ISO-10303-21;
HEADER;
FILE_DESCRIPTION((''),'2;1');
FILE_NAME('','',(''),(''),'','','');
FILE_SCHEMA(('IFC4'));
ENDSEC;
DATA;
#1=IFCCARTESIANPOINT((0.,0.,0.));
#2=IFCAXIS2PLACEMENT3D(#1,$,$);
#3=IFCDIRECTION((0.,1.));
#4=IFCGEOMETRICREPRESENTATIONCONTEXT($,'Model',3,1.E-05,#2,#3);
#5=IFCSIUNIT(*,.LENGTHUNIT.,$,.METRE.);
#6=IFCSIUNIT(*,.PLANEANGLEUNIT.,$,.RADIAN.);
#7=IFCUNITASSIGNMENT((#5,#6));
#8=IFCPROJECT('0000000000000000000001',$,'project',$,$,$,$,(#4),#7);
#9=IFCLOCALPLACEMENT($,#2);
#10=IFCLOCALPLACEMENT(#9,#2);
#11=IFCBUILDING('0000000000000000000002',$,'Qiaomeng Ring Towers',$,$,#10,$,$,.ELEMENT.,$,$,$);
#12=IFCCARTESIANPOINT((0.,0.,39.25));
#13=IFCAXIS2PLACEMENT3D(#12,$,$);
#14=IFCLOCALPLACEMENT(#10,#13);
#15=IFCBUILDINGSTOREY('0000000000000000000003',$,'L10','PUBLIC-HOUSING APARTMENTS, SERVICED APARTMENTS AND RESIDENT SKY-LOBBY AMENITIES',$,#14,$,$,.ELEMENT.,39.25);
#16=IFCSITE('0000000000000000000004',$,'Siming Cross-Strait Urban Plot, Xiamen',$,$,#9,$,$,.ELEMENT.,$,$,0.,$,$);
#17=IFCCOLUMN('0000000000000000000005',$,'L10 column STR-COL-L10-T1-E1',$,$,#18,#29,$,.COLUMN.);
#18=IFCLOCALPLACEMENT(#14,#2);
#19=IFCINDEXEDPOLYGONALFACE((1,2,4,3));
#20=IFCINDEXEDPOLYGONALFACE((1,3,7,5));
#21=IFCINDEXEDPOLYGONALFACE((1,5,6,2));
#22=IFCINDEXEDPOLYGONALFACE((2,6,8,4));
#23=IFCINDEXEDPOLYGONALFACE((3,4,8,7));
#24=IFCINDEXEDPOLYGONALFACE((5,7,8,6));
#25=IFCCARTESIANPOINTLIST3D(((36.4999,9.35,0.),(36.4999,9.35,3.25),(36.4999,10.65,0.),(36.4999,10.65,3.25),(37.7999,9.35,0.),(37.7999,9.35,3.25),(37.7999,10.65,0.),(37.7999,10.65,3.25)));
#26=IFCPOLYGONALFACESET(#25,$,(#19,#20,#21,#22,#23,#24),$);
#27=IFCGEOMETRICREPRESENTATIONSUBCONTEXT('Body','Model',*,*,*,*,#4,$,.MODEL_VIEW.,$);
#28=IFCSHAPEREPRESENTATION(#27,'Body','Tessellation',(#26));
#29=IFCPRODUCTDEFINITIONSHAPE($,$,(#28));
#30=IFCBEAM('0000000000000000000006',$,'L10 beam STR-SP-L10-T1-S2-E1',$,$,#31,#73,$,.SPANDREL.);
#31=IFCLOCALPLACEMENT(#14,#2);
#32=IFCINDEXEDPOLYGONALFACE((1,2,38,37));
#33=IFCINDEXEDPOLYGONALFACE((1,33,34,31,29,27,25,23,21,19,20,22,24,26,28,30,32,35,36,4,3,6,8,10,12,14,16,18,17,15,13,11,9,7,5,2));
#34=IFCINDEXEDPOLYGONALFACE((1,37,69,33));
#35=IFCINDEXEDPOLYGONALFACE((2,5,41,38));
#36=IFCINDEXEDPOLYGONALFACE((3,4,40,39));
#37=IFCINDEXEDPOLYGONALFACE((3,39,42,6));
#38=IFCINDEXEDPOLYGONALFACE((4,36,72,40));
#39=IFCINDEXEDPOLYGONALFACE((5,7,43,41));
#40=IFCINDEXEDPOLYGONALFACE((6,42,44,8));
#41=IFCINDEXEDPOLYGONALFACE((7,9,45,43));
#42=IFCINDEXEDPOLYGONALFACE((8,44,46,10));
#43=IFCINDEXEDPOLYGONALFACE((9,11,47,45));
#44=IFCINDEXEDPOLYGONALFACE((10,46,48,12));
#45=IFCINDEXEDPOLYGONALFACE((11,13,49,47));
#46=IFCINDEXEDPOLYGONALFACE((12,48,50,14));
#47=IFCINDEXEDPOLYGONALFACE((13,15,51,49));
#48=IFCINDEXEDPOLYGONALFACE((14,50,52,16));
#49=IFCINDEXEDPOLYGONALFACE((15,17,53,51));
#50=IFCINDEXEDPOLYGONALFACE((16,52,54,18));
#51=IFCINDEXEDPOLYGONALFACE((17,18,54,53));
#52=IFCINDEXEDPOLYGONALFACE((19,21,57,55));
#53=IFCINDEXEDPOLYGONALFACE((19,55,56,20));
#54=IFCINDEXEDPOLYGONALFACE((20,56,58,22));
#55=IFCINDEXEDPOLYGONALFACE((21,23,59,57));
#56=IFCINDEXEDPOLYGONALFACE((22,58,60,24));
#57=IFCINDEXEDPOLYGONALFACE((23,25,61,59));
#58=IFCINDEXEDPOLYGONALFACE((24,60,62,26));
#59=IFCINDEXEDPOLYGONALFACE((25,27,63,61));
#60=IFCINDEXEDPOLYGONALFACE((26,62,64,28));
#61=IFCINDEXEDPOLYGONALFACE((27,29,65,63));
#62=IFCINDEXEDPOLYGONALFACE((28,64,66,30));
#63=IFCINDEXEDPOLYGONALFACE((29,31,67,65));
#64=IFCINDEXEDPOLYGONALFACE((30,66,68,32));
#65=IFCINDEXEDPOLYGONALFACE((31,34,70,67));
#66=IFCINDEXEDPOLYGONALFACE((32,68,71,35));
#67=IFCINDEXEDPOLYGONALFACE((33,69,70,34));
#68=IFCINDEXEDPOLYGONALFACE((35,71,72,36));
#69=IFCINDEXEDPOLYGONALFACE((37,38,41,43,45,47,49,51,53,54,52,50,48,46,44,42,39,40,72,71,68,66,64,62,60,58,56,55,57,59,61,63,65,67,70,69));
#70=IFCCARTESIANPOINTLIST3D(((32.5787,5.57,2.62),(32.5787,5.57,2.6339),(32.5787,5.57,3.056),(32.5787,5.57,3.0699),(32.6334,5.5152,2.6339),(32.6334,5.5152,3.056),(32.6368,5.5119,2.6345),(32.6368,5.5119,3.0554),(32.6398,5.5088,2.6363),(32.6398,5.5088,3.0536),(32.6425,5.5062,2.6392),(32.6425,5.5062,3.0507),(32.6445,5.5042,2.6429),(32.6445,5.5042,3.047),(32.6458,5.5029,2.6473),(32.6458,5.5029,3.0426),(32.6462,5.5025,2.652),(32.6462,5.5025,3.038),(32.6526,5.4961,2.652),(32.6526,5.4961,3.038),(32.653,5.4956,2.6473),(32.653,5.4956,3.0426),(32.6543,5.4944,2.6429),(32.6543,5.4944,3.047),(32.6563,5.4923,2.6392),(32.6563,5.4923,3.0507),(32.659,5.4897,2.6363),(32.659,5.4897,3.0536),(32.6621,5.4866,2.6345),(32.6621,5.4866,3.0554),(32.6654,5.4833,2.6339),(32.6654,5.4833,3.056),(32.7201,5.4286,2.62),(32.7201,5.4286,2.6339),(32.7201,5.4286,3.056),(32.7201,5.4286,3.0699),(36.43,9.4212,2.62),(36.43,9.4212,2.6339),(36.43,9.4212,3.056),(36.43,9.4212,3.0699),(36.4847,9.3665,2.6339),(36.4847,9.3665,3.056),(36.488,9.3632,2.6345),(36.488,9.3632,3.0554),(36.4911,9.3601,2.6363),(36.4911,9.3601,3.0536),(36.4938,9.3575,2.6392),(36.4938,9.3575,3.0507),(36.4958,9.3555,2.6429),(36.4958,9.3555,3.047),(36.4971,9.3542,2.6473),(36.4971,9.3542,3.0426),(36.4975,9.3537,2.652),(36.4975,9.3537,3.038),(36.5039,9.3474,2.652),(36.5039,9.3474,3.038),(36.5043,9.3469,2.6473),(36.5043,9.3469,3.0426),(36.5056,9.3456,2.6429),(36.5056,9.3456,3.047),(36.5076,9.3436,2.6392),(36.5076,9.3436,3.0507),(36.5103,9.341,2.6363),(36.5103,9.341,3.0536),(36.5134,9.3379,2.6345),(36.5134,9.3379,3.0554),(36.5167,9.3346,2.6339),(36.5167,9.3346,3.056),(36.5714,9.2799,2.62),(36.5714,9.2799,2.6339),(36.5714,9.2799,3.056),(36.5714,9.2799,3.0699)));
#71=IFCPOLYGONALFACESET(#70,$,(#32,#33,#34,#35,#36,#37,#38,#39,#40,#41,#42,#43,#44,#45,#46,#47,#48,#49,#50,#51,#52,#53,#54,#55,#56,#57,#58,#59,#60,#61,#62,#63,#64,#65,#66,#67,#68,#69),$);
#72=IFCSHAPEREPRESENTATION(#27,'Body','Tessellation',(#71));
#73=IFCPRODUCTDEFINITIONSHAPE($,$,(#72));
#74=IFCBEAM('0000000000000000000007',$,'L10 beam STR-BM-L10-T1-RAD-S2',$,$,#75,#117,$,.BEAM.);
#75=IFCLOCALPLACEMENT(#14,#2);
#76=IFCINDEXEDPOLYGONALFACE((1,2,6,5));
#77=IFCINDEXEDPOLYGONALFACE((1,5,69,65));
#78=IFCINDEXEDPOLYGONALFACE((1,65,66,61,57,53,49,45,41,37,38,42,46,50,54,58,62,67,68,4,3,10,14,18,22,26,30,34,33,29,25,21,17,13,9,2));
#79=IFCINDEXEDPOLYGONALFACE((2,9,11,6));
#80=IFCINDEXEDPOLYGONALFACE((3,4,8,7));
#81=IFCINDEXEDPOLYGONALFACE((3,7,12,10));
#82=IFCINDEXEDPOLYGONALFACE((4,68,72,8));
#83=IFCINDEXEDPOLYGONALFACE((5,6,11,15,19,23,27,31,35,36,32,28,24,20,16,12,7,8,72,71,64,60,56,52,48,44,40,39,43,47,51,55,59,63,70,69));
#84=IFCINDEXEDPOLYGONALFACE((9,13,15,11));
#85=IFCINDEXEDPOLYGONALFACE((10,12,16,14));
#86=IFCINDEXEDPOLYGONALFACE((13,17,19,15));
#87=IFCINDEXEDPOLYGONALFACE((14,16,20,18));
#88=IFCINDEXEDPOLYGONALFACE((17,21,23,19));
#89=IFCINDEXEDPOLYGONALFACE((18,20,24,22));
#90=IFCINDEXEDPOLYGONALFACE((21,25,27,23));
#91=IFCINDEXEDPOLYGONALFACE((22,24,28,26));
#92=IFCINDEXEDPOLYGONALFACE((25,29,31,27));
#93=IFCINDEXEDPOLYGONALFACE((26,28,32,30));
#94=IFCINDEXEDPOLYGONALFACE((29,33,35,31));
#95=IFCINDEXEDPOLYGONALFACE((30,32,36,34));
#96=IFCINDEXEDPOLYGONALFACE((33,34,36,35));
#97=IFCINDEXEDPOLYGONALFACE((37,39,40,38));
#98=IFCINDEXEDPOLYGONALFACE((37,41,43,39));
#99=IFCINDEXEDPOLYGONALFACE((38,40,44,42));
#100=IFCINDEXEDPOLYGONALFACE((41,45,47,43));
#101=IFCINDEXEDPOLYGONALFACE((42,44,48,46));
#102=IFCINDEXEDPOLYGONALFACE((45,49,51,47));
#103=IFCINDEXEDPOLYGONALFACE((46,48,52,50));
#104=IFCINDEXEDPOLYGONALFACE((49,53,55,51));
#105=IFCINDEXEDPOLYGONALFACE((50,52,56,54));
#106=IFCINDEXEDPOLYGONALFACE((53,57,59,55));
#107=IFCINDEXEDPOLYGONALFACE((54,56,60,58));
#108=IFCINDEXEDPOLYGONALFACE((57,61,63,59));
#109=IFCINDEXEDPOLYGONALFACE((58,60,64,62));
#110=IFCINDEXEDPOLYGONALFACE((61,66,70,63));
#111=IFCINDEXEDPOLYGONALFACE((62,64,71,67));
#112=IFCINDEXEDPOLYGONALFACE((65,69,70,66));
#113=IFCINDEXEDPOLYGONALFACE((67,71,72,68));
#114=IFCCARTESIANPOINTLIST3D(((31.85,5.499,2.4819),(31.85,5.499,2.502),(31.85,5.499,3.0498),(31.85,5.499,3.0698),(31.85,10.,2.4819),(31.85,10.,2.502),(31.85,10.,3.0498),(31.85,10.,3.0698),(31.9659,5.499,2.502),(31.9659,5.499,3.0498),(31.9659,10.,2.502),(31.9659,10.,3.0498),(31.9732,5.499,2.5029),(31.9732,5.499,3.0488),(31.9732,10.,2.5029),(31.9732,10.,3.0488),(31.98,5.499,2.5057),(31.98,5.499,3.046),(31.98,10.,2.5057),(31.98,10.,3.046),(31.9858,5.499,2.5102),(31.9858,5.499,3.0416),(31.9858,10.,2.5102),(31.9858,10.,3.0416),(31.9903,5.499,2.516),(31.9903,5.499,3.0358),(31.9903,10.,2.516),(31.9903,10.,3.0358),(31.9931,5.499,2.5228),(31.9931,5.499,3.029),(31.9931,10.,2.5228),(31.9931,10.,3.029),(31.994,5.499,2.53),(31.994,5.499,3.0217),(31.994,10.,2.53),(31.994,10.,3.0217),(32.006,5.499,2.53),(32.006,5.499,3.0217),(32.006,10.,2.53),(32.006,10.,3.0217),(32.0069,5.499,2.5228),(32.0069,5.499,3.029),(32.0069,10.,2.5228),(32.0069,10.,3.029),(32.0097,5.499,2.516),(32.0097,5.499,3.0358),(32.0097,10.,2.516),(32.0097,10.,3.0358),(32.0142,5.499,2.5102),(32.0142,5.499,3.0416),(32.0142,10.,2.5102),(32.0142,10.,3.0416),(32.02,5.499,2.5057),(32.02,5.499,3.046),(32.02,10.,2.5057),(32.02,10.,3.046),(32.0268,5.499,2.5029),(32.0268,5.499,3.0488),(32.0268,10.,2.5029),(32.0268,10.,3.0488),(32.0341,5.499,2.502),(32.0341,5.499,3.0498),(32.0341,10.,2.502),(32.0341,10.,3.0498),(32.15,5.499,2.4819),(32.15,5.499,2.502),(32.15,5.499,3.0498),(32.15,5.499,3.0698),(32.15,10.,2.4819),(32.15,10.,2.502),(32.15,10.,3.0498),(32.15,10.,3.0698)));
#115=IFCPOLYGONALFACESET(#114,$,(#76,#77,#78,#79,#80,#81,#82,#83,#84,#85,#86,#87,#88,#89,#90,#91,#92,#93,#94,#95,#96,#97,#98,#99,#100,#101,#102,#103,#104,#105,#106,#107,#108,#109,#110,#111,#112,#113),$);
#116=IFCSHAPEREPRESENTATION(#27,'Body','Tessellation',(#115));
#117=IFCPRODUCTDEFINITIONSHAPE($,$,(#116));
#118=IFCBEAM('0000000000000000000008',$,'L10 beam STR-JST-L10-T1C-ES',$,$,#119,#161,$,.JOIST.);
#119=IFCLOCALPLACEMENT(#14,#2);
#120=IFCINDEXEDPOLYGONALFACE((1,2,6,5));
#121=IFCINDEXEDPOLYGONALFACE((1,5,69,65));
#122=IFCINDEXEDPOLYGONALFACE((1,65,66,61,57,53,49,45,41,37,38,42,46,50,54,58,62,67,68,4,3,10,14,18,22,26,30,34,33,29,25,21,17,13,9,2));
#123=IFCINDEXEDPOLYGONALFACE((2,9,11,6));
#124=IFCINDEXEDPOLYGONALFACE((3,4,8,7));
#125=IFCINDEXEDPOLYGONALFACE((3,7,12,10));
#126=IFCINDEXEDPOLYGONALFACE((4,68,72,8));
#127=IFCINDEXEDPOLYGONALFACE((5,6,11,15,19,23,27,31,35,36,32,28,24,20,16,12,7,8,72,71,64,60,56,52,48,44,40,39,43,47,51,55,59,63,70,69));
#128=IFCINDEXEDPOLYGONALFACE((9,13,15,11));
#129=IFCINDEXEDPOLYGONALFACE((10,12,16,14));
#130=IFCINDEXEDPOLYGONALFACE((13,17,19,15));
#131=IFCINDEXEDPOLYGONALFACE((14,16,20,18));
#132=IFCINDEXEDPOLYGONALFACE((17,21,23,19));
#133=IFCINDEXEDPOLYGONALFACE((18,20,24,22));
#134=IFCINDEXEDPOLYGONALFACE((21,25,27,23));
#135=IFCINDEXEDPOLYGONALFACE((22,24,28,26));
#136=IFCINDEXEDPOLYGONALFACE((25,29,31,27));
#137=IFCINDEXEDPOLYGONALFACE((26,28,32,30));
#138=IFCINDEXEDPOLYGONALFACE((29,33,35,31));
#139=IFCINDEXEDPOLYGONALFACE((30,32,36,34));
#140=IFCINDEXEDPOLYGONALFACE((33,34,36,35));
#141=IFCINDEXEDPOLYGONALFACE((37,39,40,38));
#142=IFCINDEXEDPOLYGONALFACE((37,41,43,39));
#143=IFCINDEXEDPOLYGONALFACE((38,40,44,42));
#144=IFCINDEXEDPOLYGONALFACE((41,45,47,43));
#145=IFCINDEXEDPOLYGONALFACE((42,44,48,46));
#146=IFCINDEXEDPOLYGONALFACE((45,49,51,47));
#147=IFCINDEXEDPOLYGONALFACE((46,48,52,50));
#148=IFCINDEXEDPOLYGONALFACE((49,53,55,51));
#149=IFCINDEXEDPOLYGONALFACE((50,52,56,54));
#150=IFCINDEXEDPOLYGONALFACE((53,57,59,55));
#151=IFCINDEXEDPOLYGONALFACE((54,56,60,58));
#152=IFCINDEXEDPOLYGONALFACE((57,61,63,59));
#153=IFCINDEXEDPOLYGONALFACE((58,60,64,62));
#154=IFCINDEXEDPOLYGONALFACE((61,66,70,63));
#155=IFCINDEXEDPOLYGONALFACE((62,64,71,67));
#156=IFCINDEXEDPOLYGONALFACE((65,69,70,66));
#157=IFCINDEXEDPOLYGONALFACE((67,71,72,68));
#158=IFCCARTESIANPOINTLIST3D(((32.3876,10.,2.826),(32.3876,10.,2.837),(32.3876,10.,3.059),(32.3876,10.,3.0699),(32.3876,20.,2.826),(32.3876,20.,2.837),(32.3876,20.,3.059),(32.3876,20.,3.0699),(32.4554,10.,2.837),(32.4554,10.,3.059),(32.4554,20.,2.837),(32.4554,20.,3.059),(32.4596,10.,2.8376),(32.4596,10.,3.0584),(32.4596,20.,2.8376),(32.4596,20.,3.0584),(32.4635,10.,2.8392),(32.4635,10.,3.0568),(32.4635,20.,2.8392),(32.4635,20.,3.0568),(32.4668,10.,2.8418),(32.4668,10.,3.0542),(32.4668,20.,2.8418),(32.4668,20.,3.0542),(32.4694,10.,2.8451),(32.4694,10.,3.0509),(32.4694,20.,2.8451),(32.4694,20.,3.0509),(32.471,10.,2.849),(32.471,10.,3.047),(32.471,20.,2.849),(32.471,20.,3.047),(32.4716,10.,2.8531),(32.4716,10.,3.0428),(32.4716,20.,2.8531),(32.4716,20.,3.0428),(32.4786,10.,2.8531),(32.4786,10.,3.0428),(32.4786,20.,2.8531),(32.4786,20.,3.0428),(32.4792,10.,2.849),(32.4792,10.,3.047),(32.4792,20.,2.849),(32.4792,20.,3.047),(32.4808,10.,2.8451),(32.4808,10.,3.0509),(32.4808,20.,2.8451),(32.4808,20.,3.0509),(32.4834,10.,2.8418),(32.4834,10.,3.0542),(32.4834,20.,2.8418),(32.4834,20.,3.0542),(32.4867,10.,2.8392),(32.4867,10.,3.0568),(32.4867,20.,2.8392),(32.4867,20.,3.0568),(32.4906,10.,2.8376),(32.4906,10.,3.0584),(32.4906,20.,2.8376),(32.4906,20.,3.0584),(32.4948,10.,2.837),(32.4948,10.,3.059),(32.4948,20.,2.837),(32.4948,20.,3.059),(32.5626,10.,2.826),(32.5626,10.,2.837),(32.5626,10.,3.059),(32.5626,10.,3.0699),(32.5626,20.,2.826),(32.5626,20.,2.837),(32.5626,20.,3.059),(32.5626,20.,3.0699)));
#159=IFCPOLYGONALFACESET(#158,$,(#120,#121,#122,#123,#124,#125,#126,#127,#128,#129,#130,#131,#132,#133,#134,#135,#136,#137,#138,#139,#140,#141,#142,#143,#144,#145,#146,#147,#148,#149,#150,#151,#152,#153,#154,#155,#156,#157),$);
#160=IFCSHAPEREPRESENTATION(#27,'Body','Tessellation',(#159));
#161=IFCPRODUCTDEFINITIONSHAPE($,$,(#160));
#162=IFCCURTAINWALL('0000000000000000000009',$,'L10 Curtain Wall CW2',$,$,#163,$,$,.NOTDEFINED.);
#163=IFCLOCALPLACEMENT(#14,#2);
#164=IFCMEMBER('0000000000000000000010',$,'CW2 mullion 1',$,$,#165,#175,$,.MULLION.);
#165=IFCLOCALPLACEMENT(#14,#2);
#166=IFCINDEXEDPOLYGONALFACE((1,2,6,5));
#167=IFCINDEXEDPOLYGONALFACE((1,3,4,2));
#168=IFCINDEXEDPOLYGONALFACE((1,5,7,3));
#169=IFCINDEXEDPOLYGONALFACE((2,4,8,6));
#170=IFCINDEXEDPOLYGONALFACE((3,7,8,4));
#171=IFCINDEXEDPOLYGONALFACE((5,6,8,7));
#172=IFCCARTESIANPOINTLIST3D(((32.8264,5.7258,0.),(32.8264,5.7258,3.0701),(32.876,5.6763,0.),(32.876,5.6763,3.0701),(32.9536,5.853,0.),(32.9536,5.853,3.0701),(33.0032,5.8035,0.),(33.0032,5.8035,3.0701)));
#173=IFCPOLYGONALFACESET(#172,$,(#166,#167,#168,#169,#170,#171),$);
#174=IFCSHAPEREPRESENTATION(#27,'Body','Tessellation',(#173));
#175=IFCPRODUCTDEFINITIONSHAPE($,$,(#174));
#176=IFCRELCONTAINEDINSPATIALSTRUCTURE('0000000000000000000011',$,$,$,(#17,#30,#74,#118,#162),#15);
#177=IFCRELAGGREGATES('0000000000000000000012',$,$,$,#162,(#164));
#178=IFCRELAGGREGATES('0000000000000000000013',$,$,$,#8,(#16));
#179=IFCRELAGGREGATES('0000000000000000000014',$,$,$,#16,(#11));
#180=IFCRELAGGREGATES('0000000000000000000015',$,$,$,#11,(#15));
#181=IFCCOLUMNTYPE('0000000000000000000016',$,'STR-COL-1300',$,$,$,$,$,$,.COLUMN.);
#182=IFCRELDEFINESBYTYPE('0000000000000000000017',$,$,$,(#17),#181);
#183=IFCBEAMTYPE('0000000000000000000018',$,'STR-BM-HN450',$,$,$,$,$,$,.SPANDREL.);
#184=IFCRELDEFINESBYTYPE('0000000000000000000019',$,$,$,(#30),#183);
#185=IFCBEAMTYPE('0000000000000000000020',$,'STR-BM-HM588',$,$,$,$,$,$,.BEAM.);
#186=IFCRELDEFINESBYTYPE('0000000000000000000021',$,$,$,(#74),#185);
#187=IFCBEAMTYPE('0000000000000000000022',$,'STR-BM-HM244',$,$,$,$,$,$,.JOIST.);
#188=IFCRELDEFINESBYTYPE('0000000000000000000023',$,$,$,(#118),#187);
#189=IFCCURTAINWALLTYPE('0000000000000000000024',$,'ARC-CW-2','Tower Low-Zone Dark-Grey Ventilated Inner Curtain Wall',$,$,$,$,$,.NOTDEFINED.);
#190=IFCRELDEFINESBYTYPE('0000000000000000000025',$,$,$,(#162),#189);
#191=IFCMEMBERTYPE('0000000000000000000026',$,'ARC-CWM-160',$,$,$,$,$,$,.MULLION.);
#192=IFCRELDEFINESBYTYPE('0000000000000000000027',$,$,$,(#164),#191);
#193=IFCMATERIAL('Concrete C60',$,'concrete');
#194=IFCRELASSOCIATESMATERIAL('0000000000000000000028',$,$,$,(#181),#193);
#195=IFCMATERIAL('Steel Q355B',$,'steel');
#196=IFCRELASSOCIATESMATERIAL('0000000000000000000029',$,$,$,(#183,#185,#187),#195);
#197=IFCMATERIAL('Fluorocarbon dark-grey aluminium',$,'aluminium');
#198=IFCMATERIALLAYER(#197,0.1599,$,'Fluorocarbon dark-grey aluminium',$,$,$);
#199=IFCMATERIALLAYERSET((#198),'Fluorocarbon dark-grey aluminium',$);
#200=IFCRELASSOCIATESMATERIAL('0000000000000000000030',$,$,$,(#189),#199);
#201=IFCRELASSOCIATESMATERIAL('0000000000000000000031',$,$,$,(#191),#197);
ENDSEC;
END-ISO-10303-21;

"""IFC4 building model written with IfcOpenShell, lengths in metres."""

from ifc_helpers import new_model, si_unit, direction, frame, origin, origin_2d, place, context, subcontext, project, spatial, rectangle, i_section, extrude, source, transform, mapped, material, layer, layer_set, material_profile, profile_set, type_object, element, aggregate, save


model = new_model("IFC4")

# Units and contexts
model_context = context("Model", 3, precision=1e-05, world=origin(), true_north=direction((0.0, 1.0)))
body_context = subcontext(model_context, "Body", "Model", "MODEL_VIEW")
ifc_project = project(units=[si_unit("LENGTHUNIT", "METRE"), si_unit("PLANEANGLEUNIT", "RADIAN")], contexts=[model_context])

# Site, building, storey
site_placement = place(None, origin())
site = spatial("IfcSite", under=ifc_project, at=site_placement, Name="Siming Cross-Strait Urban Plot, Xiamen", CompositionType="ELEMENT", RefElevation=0.0)
building_placement = place(site_placement, origin())
building = spatial("IfcBuilding", under=site, at=building_placement, Name="Qiaomeng Ring Towers", CompositionType="ELEMENT")
storey_placement = place(building_placement, frame((0.0, 0.0, 39.25)))
storey = spatial("IfcBuildingStorey", under=building, at=storey_placement, Name="L10", Description="PUBLIC-HOUSING APARTMENTS, SERVICED APARTMENTS AND RESIDENT SKY-LOBBY AMENITIES", CompositionType="ELEMENT", Elevation=39.25)

# Column
ifc_material_1 = material(Name="Concrete C60", Category="concrete")
ifc_material_profile_1 = material_profile(ifc_material_1, rectangle(XDim=1.3, YDim=1.3, at=origin_2d()), Name="RC COL 1300x1300")
ifc_profile_set_1 = profile_set([ifc_material_profile_1], Name="Concrete C60")
column_type = type_object("IfcColumnType", Name="STR-COL-1300", PredefinedType="COLUMN", material=ifc_profile_set_1)
shared_shape_1 = source(origin(), body_context, "Body", "SweptSolid", [
    extrude(rectangle(XDim=1.3, YDim=1.3, at=origin_2d()), origin(), (0.0, 0.0, 1.0), 3.25),
])
column_placement = place(storey_placement, frame((37.1499, 10.0, 0.0), z_axis=(0.0, 0.0, 1.0), x_axis=(1.0, 0.0, 0.0)))
element("IfcColumn", 1, at=column_placement, inside=storey, type_object=column_type, Name="L10 column STR-COL-L10-T1-E1", PredefinedType="COLUMN", context=body_context, shape_type="MappedRepresentation", body=[
    mapped(shared_shape_1, transform((0.0, 0.0, 0.0), x_axis=(1.0, 0.0, 0.0), y_axis=(0.0, 1.0, 0.0), z_axis=(0.0, 0.0, 1.0), scale=1.0)),
])

# Beams
ifc_material_2 = material(Name="Steel Q355B", Category="steel")
ifc_material_profile_2 = material_profile(ifc_material_2, i_section(OverallWidth=0.2, OverallDepth=0.45, WebThickness=0.009, FlangeThickness=0.0139, FilletRadius=0.0181, at=origin_2d()), Name="HN 450x200x9x14")
ifc_profile_set_2 = profile_set([ifc_material_profile_2], Name="Steel Q355B")
beam_type_1 = type_object("IfcBeamType", Name="STR-BM-HN450", PredefinedType="SPANDREL", material=ifc_profile_set_2)
shared_shape_2 = source(origin(), body_context, "Body", "SweptSolid", [
    extrude(i_section(OverallWidth=0.2, OverallDepth=0.45, WebThickness=0.009, FlangeThickness=0.0139, FilletRadius=0.0181, at=origin_2d()), origin(), (0.0, 0.0, 1.0), 5.4465),
])
beam_1_placement = place(storey_placement, frame((32.6494, 5.4993, 2.845), z_axis=(0.707107, 0.707107, 0.0), x_axis=(-0.707107, 0.707107, 0.0)))
element("IfcBeam", 2, at=beam_1_placement, inside=storey, type_object=beam_type_1, Name="L10 beam STR-SP-L10-T1-S2-E1", PredefinedType="SPANDREL", context=body_context, shape_type="MappedRepresentation", body=[
    mapped(shared_shape_2, transform((0.0, 0.0, 0.0), x_axis=(1.0, 0.0, 0.0), y_axis=(0.0, 1.0, 0.0), z_axis=(0.0, 0.0, 1.0), scale=1.0)),
])
ifc_material_profile_3 = material_profile(ifc_material_2, i_section(OverallWidth=0.3, OverallDepth=0.5879, WebThickness=0.012, FlangeThickness=0.02, FilletRadius=0.0281, at=origin_2d()), Name="HM 588x300x12x20")
ifc_profile_set_3 = profile_set([ifc_material_profile_3], Name="Steel Q355B")
beam_type_2 = type_object("IfcBeamType", Name="STR-BM-HM588", PredefinedType="BEAM", material=ifc_profile_set_3)
shared_shape_3 = source(origin(), body_context, "Body", "SweptSolid", [
    extrude(i_section(OverallWidth=0.3, OverallDepth=0.5879, WebThickness=0.012, FlangeThickness=0.02, FilletRadius=0.0281, at=origin_2d()), origin(), (0.0, 0.0, 1.0), 4.501),
])
beam_2_placement = place(storey_placement, frame((32.0, 5.499, 2.7759), z_axis=(0.0, 1.0, 0.0), x_axis=(-1.0, 0.0, 0.0)))
element("IfcBeam", 3, at=beam_2_placement, inside=storey, type_object=beam_type_2, Name="L10 beam STR-BM-L10-T1-RAD-S2", PredefinedType="BEAM", context=body_context, shape_type="MappedRepresentation", body=[
    mapped(shared_shape_3, transform((0.0, 0.0, 0.0), x_axis=(1.0, 0.0, 0.0), y_axis=(0.0, 1.0, 0.0), z_axis=(0.0, 0.0, 1.0), scale=1.0)),
])
ifc_material_profile_4 = material_profile(ifc_material_2, i_section(OverallWidth=0.175, OverallDepth=0.2439, WebThickness=0.0071, FlangeThickness=0.011, FilletRadius=0.0161, at=origin_2d()), Name="HM 244x175x7x11")
ifc_profile_set_4 = profile_set([ifc_material_profile_4], Name="Steel Q355B")
beam_type_3 = type_object("IfcBeamType", Name="STR-BM-HM244", PredefinedType="JOIST", material=ifc_profile_set_4)
shared_shape_4 = source(origin(), body_context, "Body", "SweptSolid", [
    extrude(i_section(OverallWidth=0.175, OverallDepth=0.2439, WebThickness=0.0071, FlangeThickness=0.011, FilletRadius=0.0161, at=origin_2d()), origin(), (0.0, 0.0, 1.0), 10.0),
])
beam_3_placement = place(storey_placement, frame((32.4751, 10.0, 2.948), z_axis=(0.0, 1.0, 0.0), x_axis=(-1.0, 0.0, 0.0)))
element("IfcBeam", 4, at=beam_3_placement, inside=storey, type_object=beam_type_3, Name="L10 beam STR-JST-L10-T1C-ES", PredefinedType="JOIST", context=body_context, shape_type="MappedRepresentation", body=[
    mapped(shared_shape_4, transform((0.0, 0.0, 0.0), x_axis=(1.0, 0.0, 0.0), y_axis=(0.0, 1.0, 0.0), z_axis=(0.0, 0.0, 1.0), scale=1.0)),
])

# Curtain wall, member
ifc_material_3 = material(Name="Fluorocarbon dark-grey aluminium", Category="aluminium")
ifc_layer_1 = layer(ifc_material_3, 0.1599, Name="Fluorocarbon dark-grey aluminium")
ifc_layer_set_1 = layer_set([ifc_layer_1], Name="Fluorocarbon dark-grey aluminium")
curtain_wall_type = type_object("IfcCurtainWallType", Name="ARC-CW-2", Description="Tower Low-Zone Dark-Grey Ventilated Inner Curtain Wall", PredefinedType="NOTDEFINED", material=ifc_layer_set_1)
curtain_wall_placement = place(storey_placement, origin())
curtain_wall = element("IfcCurtainWall", 5, at=curtain_wall_placement, inside=storey, type_object=curtain_wall_type, Name="L10 Curtain Wall CW2", PredefinedType="NOTDEFINED")
ifc_material_profile_5 = material_profile(ifc_material_3, rectangle(XDim=0.0701, YDim=0.1799, at=origin_2d()), Name="ALU MULL 70x180")
ifc_profile_set_5 = profile_set([ifc_material_profile_5], Name="Fluorocarbon dark-grey aluminium")
member_type_1 = type_object("IfcMemberType", Name="ARC-CWM-160", PredefinedType="MULLION", material=ifc_profile_set_5)
shared_shape_5 = source(origin(), body_context, "Body", "SweptSolid", [
    extrude(rectangle(XDim=0.0701, YDim=0.1799, at=origin_2d()), origin(), (0.0, 0.0, 1.0), 3.0701),
])
member_1_placement = place(storey_placement, frame((32.9148, 5.7646, 0.0), z_axis=(0.0, 0.0, 1.0), x_axis=(-0.707107, 0.707107, 0.0)))
member_1 = element("IfcMember", 6, at=member_1_placement, type_object=member_type_1, Name="CW2 mullion 1", PredefinedType="MULLION", context=body_context, shape_type="MappedRepresentation", body=[
    mapped(shared_shape_5, transform((0.0, 0.0, 0.0), x_axis=(1.0, 0.0, 0.0), y_axis=(0.0, 1.0, 0.0), z_axis=(0.0, 0.0, 1.0), scale=1.0)),
])
aggregate(curtain_wall, [member_1])

save(model, "model.ifc")
